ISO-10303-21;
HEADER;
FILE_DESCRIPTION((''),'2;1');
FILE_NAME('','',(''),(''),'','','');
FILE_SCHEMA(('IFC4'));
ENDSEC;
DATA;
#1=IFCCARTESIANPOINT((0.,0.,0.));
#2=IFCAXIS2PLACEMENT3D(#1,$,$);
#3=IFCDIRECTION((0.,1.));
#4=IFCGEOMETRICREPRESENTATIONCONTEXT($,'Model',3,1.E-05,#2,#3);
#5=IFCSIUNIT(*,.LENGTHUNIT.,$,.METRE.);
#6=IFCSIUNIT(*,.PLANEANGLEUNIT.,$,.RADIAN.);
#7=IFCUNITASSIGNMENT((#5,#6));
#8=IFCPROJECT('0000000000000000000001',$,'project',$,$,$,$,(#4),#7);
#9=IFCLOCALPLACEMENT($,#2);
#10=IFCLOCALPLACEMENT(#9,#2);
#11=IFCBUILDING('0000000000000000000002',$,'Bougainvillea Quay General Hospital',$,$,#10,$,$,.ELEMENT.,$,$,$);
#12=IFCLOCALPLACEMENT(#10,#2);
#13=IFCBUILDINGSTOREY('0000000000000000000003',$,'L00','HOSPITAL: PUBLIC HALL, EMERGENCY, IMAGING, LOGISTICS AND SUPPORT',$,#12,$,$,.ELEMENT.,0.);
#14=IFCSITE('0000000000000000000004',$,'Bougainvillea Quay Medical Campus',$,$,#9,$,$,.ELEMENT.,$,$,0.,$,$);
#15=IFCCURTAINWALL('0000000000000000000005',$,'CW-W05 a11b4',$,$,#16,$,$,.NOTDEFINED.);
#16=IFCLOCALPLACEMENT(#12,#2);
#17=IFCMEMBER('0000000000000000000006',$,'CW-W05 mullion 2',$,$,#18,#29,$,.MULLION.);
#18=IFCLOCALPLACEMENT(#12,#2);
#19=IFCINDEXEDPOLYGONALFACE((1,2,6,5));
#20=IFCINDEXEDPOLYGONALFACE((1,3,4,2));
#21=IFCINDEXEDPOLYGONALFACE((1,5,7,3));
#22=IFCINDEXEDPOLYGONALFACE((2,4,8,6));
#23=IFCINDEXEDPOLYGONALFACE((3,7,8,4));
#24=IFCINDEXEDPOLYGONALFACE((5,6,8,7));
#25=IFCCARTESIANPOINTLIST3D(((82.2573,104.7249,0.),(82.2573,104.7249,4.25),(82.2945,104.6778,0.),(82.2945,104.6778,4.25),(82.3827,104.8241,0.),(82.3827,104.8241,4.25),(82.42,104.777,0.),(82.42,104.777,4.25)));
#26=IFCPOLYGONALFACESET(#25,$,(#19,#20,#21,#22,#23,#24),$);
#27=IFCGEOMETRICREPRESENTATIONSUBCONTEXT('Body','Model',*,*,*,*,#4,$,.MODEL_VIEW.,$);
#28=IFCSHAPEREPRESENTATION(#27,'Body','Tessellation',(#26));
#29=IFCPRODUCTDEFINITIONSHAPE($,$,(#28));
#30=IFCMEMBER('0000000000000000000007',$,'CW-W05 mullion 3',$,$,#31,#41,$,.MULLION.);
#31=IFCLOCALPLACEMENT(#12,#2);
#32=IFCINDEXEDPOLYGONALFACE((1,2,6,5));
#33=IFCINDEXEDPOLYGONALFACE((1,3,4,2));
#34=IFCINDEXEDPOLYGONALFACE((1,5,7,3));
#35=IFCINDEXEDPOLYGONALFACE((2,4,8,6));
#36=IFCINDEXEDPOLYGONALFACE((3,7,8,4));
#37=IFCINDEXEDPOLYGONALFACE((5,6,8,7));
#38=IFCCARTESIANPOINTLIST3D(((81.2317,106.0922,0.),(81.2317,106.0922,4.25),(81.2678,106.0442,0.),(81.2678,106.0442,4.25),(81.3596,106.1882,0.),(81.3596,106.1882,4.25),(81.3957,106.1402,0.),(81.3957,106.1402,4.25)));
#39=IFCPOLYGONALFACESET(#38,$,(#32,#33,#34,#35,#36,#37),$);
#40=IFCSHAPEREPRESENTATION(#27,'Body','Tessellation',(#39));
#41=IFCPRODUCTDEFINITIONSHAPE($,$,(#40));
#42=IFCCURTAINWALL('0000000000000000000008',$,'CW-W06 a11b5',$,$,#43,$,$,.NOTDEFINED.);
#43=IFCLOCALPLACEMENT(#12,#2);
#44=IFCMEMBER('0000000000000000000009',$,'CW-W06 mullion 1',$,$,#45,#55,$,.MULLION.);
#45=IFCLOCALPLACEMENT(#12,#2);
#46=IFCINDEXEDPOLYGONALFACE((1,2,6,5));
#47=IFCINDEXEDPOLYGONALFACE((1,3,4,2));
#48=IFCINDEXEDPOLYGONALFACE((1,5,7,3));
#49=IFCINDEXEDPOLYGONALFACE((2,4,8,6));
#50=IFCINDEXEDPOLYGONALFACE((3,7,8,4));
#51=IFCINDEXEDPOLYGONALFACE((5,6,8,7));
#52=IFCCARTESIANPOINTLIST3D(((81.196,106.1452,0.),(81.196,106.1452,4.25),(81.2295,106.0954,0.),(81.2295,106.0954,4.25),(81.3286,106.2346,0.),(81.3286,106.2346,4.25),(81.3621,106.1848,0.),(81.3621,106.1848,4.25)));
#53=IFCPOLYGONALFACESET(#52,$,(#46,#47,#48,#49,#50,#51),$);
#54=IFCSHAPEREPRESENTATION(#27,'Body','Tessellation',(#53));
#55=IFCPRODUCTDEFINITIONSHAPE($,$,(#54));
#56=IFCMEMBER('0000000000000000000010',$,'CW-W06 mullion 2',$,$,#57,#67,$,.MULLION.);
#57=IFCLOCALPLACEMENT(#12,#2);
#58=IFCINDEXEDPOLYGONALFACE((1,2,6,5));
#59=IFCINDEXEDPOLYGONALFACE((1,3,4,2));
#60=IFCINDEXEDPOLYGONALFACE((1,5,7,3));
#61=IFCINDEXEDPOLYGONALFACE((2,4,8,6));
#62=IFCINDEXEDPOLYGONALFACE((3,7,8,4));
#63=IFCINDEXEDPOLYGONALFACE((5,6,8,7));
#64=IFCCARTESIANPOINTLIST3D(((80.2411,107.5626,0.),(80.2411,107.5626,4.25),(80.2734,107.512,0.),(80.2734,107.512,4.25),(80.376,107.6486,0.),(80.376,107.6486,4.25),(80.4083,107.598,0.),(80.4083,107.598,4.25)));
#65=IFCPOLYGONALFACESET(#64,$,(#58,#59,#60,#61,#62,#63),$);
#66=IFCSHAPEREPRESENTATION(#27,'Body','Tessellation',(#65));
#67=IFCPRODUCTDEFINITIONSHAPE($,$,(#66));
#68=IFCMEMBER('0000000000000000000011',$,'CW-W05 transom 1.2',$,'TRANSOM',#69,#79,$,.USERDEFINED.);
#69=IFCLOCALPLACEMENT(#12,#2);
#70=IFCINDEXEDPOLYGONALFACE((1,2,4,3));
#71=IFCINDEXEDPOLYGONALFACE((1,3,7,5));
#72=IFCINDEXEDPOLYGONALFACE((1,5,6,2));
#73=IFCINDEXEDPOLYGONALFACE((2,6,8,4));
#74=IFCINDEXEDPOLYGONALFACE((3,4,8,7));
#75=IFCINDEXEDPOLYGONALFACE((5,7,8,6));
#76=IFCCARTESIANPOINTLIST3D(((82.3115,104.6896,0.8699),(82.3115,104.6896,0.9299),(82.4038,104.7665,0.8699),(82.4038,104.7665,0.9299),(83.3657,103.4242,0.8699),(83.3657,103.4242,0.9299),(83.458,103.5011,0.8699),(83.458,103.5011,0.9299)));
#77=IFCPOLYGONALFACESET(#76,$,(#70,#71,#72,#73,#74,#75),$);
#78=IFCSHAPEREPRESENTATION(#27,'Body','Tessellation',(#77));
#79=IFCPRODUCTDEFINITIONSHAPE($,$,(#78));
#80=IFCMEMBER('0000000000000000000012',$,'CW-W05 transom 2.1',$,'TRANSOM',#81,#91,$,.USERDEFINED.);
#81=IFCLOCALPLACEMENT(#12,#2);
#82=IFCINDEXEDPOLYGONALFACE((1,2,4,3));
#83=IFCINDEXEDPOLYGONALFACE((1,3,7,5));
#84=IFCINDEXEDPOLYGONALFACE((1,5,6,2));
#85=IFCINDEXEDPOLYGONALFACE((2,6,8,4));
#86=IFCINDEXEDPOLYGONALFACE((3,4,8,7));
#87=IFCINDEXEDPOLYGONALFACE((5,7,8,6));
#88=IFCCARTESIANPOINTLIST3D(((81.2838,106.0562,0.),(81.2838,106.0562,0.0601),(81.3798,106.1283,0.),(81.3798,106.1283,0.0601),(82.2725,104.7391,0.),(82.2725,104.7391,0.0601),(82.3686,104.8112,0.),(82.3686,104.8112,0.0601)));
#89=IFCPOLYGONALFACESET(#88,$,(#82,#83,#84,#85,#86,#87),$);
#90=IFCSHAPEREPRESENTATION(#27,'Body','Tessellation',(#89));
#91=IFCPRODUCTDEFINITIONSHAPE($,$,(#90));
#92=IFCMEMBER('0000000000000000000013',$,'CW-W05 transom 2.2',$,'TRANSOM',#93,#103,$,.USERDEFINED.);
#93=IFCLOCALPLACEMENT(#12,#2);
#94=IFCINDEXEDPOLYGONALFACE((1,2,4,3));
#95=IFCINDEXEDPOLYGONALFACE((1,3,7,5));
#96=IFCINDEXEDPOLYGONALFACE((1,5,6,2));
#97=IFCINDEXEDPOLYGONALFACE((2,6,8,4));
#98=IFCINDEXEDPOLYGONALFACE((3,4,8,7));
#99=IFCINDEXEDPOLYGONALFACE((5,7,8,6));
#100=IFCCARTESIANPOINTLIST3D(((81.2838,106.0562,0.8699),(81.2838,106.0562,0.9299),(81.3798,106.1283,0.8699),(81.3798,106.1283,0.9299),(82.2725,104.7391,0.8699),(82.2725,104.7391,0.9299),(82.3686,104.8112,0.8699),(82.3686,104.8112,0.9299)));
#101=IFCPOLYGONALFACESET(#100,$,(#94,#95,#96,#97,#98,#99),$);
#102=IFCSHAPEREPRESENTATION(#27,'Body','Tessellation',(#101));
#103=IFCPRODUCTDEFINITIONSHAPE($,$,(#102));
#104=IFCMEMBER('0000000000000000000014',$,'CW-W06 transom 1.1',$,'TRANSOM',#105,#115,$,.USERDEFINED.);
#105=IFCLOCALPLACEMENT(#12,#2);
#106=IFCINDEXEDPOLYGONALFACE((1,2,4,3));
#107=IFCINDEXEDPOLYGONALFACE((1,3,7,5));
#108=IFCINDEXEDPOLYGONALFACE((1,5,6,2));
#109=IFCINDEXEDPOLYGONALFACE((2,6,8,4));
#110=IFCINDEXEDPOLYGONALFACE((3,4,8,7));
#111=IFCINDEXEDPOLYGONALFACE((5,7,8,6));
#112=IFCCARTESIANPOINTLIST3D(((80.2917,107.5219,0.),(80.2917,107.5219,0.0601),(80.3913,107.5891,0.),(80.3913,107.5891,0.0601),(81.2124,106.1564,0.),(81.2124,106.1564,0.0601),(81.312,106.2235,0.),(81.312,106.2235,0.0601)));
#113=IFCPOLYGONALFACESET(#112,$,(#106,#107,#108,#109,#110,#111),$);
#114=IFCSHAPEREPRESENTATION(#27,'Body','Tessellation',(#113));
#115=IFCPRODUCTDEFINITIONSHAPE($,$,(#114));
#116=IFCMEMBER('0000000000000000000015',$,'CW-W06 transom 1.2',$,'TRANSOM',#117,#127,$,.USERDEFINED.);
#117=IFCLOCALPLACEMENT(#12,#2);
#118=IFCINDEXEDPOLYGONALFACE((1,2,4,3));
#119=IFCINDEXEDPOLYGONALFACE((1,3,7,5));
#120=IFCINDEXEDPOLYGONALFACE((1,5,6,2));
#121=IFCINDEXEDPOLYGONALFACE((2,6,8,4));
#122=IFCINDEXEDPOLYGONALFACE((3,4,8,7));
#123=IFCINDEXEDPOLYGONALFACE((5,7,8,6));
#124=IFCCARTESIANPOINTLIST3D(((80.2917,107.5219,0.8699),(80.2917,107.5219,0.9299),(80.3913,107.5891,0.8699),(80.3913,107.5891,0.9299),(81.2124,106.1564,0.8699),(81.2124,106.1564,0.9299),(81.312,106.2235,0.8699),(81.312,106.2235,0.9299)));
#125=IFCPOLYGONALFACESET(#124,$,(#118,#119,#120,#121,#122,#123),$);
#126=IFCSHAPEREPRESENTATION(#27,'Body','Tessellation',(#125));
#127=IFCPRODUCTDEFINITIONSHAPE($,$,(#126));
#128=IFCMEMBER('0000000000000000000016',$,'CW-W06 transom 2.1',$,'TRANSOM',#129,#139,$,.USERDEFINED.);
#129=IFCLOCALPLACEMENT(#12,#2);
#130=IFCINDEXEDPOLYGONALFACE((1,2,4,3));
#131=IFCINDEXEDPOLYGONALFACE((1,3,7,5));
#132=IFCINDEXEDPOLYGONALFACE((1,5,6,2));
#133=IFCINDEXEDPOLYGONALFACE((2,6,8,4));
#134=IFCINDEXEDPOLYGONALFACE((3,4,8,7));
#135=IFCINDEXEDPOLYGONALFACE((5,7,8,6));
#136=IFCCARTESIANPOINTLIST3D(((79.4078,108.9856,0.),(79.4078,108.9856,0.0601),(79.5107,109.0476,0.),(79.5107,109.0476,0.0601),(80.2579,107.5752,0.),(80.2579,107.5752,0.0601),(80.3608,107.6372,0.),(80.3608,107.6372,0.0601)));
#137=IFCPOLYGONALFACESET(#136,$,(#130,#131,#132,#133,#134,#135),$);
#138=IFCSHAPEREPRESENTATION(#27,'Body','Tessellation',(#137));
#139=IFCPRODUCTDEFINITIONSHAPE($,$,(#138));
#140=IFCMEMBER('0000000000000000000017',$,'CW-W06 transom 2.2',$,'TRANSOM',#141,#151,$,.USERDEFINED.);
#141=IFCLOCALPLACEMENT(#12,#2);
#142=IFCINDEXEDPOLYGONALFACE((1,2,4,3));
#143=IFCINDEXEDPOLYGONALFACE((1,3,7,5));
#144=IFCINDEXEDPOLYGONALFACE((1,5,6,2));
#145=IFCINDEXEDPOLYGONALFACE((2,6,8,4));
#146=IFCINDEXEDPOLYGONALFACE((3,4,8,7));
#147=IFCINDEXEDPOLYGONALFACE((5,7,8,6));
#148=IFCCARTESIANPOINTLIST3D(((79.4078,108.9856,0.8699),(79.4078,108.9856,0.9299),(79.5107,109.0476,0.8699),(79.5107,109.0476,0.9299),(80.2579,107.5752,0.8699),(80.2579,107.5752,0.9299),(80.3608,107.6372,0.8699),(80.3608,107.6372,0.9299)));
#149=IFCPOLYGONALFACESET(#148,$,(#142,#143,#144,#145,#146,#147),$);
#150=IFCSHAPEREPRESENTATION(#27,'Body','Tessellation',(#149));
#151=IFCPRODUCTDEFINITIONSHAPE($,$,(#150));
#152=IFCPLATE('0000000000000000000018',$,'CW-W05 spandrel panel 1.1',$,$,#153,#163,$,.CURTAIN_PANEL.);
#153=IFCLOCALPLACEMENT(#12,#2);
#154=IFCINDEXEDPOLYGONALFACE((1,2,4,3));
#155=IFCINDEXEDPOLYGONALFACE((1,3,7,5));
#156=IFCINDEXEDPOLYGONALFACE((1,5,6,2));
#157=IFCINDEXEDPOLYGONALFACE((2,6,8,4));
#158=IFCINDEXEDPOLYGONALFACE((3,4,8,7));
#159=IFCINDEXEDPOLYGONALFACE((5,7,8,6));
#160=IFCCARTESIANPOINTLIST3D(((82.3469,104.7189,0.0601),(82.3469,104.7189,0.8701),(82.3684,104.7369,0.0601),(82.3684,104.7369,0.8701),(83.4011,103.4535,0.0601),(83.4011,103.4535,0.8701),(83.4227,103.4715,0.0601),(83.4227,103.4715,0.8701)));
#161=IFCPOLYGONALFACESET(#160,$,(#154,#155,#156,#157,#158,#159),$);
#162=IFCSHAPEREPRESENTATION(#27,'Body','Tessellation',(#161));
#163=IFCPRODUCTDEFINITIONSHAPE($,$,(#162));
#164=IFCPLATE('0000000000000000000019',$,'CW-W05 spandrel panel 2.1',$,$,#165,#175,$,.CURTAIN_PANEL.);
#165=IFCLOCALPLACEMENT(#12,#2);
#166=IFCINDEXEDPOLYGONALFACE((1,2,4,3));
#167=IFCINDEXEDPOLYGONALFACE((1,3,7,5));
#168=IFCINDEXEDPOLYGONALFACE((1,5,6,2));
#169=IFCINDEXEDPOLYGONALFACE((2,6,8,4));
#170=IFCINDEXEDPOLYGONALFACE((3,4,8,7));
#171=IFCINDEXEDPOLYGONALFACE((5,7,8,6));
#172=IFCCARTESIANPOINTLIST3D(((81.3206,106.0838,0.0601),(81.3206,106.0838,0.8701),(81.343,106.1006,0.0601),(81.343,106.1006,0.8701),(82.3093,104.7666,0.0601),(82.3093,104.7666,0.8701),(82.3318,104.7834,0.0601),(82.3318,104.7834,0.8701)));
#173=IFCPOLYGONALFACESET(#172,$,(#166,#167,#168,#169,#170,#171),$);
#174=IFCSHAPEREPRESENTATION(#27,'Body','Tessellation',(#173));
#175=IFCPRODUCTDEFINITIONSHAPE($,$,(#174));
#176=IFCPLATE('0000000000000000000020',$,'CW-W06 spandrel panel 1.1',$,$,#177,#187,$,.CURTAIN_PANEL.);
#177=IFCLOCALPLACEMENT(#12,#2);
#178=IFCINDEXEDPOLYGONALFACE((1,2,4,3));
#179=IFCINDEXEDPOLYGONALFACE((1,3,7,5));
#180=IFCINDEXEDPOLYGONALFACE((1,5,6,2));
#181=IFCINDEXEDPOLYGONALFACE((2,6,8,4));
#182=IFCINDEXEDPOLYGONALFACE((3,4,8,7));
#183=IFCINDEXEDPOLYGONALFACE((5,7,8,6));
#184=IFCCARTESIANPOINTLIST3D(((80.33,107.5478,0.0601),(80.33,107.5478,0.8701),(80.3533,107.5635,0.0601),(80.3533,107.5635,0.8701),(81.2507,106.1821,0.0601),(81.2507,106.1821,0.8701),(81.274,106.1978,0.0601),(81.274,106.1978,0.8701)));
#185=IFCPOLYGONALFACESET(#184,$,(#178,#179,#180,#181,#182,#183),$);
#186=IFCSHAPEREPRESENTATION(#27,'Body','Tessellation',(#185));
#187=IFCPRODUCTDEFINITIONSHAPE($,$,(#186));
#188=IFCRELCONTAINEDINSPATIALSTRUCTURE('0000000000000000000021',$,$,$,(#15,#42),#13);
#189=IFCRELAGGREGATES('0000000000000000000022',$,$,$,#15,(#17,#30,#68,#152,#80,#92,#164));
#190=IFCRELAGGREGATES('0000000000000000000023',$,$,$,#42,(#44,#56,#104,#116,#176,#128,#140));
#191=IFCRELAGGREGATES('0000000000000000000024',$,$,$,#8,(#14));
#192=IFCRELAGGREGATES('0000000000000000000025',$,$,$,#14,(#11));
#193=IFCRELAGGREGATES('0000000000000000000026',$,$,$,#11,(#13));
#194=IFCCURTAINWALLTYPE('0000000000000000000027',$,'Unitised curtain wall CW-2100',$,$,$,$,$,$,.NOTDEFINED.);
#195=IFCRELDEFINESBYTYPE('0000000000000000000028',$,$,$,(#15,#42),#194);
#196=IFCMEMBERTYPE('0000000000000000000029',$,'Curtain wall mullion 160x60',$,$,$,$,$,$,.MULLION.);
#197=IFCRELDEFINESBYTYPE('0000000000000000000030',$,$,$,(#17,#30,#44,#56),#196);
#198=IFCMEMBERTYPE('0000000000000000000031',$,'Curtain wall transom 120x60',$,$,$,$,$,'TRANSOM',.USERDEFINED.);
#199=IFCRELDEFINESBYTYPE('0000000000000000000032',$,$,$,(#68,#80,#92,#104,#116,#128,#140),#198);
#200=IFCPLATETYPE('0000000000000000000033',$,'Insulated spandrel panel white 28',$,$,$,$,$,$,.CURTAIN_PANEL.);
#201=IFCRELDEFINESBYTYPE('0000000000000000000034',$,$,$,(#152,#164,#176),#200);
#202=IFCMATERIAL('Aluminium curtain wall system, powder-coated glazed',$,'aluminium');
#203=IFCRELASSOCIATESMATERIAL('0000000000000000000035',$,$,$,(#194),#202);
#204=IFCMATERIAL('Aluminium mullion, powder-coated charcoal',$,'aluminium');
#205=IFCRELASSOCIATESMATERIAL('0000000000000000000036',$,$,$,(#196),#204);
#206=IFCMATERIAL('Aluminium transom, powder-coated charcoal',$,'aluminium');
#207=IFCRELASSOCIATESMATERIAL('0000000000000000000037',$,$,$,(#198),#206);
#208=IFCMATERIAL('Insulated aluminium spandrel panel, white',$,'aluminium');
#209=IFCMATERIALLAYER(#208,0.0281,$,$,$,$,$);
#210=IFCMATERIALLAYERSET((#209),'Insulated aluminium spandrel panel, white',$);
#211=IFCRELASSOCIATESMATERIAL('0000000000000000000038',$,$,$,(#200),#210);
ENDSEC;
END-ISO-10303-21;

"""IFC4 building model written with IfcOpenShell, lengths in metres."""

from ifc_helpers import new_model, si_unit, direction, frame, origin, origin_2d, place, context, subcontext, project, spatial, rectangle, extrude, material, layer, layer_set, material_profile, profile_set, type_object, element, aggregate, save


model = new_model("IFC4")

# Units and contexts
model_context = context("Model", 3, precision=1e-05, world=origin(), true_north=direction((0.0, 1.0)))
body_context = subcontext(model_context, "Body", "Model", "MODEL_VIEW")
ifc_project = project(units=[si_unit("LENGTHUNIT", "METRE"), si_unit("PLANEANGLEUNIT", "RADIAN")], contexts=[model_context])

# Site, building, storey
site_placement = place(None, origin())
site = spatial("IfcSite", under=ifc_project, at=site_placement, Name="Bougainvillea Quay Medical Campus", CompositionType="ELEMENT", RefElevation=0.0)
building_placement = place(site_placement, origin())
building = spatial("IfcBuilding", under=site, at=building_placement, Name="Bougainvillea Quay General Hospital", CompositionType="ELEMENT")
storey_placement = place(building_placement, origin())
storey = spatial("IfcBuildingStorey", under=building, at=storey_placement, Name="L00", Description="HOSPITAL: PUBLIC HALL, EMERGENCY, IMAGING, LOGISTICS AND SUPPORT", CompositionType="ELEMENT", Elevation=0.0)

# Curtain walls, members
ifc_material_1 = material(Name="Aluminium curtain wall system, powder-coated glazed", Category="aluminium")
curtain_wall_type = type_object("IfcCurtainWallType", Name="Unitised curtain wall CW-2100", PredefinedType="NOTDEFINED", material=ifc_material_1)
curtain_wall_1_placement = place(storey_placement, origin())
curtain_wall_1 = element("IfcCurtainWall", 1, at=curtain_wall_1_placement, inside=storey, type_object=curtain_wall_type, Name="CW-W05 a11b4", PredefinedType="NOTDEFINED")
ifc_material_2 = material(Name="Aluminium mullion, powder-coated charcoal", Category="aluminium")
ifc_material_profile_1 = material_profile(ifc_material_2, rectangle(XDim=0.1599, YDim=0.0601, at=origin_2d()))
ifc_profile_set_1 = profile_set([ifc_material_profile_1], Name="Aluminium mullion, powder-coated charcoal")
member_type_1 = type_object("IfcMemberType", Name="Curtain wall mullion 160x60", PredefinedType="MULLION", material=ifc_profile_set_1)
member_1_placement = place(storey_placement, frame((82.3386, 104.751, 0.0), z_axis=(0.0, 0.0, 1.0), x_axis=(-0.784279, -0.620409, 0.0)))
member_1 = element("IfcMember", 2, at=member_1_placement, type_object=member_type_1, Name="CW-W05 mullion 2", PredefinedType="MULLION", context=body_context, shape_type="SweptSolid", body=[
    extrude(rectangle(XDim=0.1599, YDim=0.0601, at=origin_2d()), origin(), (0.0, 0.0, 1.0), 4.25),
])
member_2_placement = place(storey_placement, frame((81.3137, 106.1162, 0.0), z_axis=(0.0, 0.0, 1.0), x_axis=(-0.799758, -0.600323, 0.0)))
member_2 = element("IfcMember", 3, at=member_2_placement, type_object=member_type_1, Name="CW-W05 mullion 3", PredefinedType="MULLION", context=body_context, shape_type="SweptSolid", body=[
    extrude(rectangle(XDim=0.1599, YDim=0.0601, at=origin_2d()), origin(), (0.0, 0.0, 1.0), 4.25),
])
curtain_wall_2_placement = place(storey_placement, origin())
curtain_wall_2 = element("IfcCurtainWall", 4, at=curtain_wall_2_placement, inside=storey, type_object=curtain_wall_type, Name="CW-W06 a11b5", PredefinedType="NOTDEFINED")
member_3_placement = place(storey_placement, frame((81.2791, 106.165, 0.0), z_axis=(0.0, 0.0, 1.0), x_axis=(-0.829164, -0.559005, 0.0)))
member_3 = element("IfcMember", 5, at=member_3_placement, type_object=member_type_1, Name="CW-W06 mullion 1", PredefinedType="MULLION", context=body_context, shape_type="SweptSolid", body=[
    extrude(rectangle(XDim=0.1599, YDim=0.0601, at=origin_2d()), origin(), (0.0, 0.0, 1.0), 4.25),
])
member_4_placement = place(storey_placement, frame((80.3247, 107.5803, 0.0), z_axis=(0.0, 0.0, 1.0), x_axis=(-0.843072, -0.5378, 0.0)))
member_4 = element("IfcMember", 6, at=member_4_placement, type_object=member_type_1, Name="CW-W06 mullion 2", PredefinedType="MULLION", context=body_context, shape_type="SweptSolid", body=[
    extrude(rectangle(XDim=0.1599, YDim=0.0601, at=origin_2d()), origin(), (0.0, 0.0, 1.0), 4.25),
])

# Members
ifc_material_3 = material(Name="Aluminium transom, powder-coated charcoal", Category="aluminium")
ifc_material_profile_2 = material_profile(ifc_material_3, rectangle(XDim=0.1201, YDim=0.0601, at=origin_2d()))
ifc_profile_set_2 = profile_set([ifc_material_profile_2], Name="Aluminium transom, powder-coated charcoal")
member_type_2 = type_object("IfcMemberType", Name="Curtain wall transom 120x60", ElementType="TRANSOM", PredefinedType="USERDEFINED", material=ifc_profile_set_2)
member_5_placement = place(storey_placement, frame((83.4119, 103.4626, 0.8999), z_axis=(-0.640082, 0.768306, 0.0), x_axis=(-0.768306, -0.640082, 0.0)))
member_5 = element("IfcMember", 7, at=member_5_placement, type_object=member_type_2, Name="CW-W05 transom 1.2", ObjectType="TRANSOM", PredefinedType="USERDEFINED", context=body_context, shape_type="SweptSolid", body=[
    extrude(rectangle(XDim=0.1201, YDim=0.0601, at=origin_2d()), origin(), (0.0, 0.0, 1.0), 1.647),
])
member_6_placement = place(storey_placement, frame((82.3206, 104.7751, 0.03), z_axis=(-0.600356, 0.799733, 0.0), x_axis=(-0.799733, -0.600356, 0.0)))
member_6 = element("IfcMember", 8, at=member_6_placement, type_object=member_type_2, Name="CW-W05 transom 2.1", ObjectType="TRANSOM", PredefinedType="USERDEFINED", context=body_context, shape_type="SweptSolid", body=[
    extrude(rectangle(XDim=0.1201, YDim=0.0601, at=origin_2d()), origin(), (0.0, 0.0, 1.0), 1.647),
])
member_7_placement = place(storey_placement, frame((82.3206, 104.7751, 0.8999), z_axis=(-0.600356, 0.799733, 0.0), x_axis=(-0.799733, -0.600356, 0.0)))
member_7 = element("IfcMember", 9, at=member_7_placement, type_object=member_type_2, Name="CW-W05 transom 2.2", ObjectType="TRANSOM", PredefinedType="USERDEFINED", context=body_context, shape_type="SweptSolid", body=[
    extrude(rectangle(XDim=0.1201, YDim=0.0601, at=origin_2d()), origin(), (0.0, 0.0, 1.0), 1.647),
])
member_8_placement = place(storey_placement, frame((81.2622, 106.1899, 0.03), z_axis=(-0.559037, 0.829142, 0.0), x_axis=(-0.829142, -0.559037, 0.0)))
member_8 = element("IfcMember", 10, at=member_8_placement, type_object=member_type_2, Name="CW-W06 transom 1.1", ObjectType="TRANSOM", PredefinedType="USERDEFINED", context=body_context, shape_type="SweptSolid", body=[
    extrude(rectangle(XDim=0.1201, YDim=0.0601, at=origin_2d()), origin(), (0.0, 0.0, 1.0), 1.647),
])
member_9_placement = place(storey_placement, frame((81.2622, 106.1899, 0.8999), z_axis=(-0.559037, 0.829142, 0.0), x_axis=(-0.829142, -0.559037, 0.0)))
member_9 = element("IfcMember", 11, at=member_9_placement, type_object=member_type_2, Name="CW-W06 transom 1.2", ObjectType="TRANSOM", PredefinedType="USERDEFINED", context=body_context, shape_type="SweptSolid", body=[
    extrude(rectangle(XDim=0.1201, YDim=0.0601, at=origin_2d()), origin(), (0.0, 0.0, 1.0), 1.647),
])
member_10_placement = place(storey_placement, frame((80.3093, 107.6062, 0.03), z_axis=(-0.516217, 0.856458, 0.0), x_axis=(-0.856458, -0.516217, 0.0)))
member_10 = element("IfcMember", 12, at=member_10_placement, type_object=member_type_2, Name="CW-W06 transom 2.1", ObjectType="TRANSOM", PredefinedType="USERDEFINED", context=body_context, shape_type="SweptSolid", body=[
    extrude(rectangle(XDim=0.1201, YDim=0.0601, at=origin_2d()), origin(), (0.0, 0.0, 1.0), 1.6467),
])
member_11_placement = place(storey_placement, frame((80.3093, 107.6062, 0.8999), z_axis=(-0.516217, 0.856458, 0.0), x_axis=(-0.856458, -0.516217, 0.0)))
member_11 = element("IfcMember", 13, at=member_11_placement, type_object=member_type_2, Name="CW-W06 transom 2.2", ObjectType="TRANSOM", PredefinedType="USERDEFINED", context=body_context, shape_type="SweptSolid", body=[
    extrude(rectangle(XDim=0.1201, YDim=0.0601, at=origin_2d()), origin(), (0.0, 0.0, 1.0), 1.6467),
])

# Plates
ifc_material_4 = material(Name="Insulated aluminium spandrel panel, white", Category="aluminium")
ifc_layer_1 = layer(ifc_material_4, 0.0281)
ifc_layer_set_1 = layer_set([ifc_layer_1], Name="Insulated aluminium spandrel panel, white")
plate_type_1 = type_object("IfcPlateType", Name="Insulated spandrel panel white 28", PredefinedType="CURTAIN_PANEL", material=ifc_layer_set_1)
plate_1_placement = place(storey_placement, frame((82.8848, 104.0952, 0.0601), z_axis=(0.0, 0.0, 1.0), x_axis=(-0.640096, 0.768295, 0.0)))
plate_1 = element("IfcPlate", 14, at=plate_1_placement, type_object=plate_type_1, Name="CW-W05 spandrel panel 1.1", PredefinedType="CURTAIN_PANEL", context=body_context, shape_type="SweptSolid", body=[
    extrude(rectangle(XDim=1.647, YDim=0.0281, at=origin_2d()), origin(), (0.0, 0.0, 1.0), 0.8101),
])
plate_2_placement = place(storey_placement, frame((81.8262, 105.4336, 0.0601), z_axis=(0.0, 0.0, 1.0), x_axis=(-0.600323, 0.799758, 0.0)))
plate_2 = element("IfcPlate", 15, at=plate_2_placement, type_object=plate_type_1, Name="CW-W05 spandrel panel 2.1", PredefinedType="CURTAIN_PANEL", context=body_context, shape_type="SweptSolid", body=[
    extrude(rectangle(XDim=1.647, YDim=0.0281, at=origin_2d()), origin(), (0.0, 0.0, 1.0), 0.8101),
])
plate_3_placement = place(storey_placement, frame((80.802, 106.8728, 0.0601), z_axis=(0.0, 0.0, 1.0), x_axis=(-0.559005, 0.829164, 0.0)))
plate_3 = element("IfcPlate", 16, at=plate_3_placement, type_object=plate_type_1, Name="CW-W06 spandrel panel 1.1", PredefinedType="CURTAIN_PANEL", context=body_context, shape_type="SweptSolid", body=[
    extrude(rectangle(XDim=1.647, YDim=0.0281, at=origin_2d()), origin(), (0.0, 0.0, 1.0), 0.8101),
])
aggregate(curtain_wall_1, [member_1, member_2, member_5, plate_1, member_6, member_7, plate_2])
aggregate(curtain_wall_2, [member_3, member_4, member_8, member_9, plate_3, member_10, member_11])

save(model, "model.ifc")
